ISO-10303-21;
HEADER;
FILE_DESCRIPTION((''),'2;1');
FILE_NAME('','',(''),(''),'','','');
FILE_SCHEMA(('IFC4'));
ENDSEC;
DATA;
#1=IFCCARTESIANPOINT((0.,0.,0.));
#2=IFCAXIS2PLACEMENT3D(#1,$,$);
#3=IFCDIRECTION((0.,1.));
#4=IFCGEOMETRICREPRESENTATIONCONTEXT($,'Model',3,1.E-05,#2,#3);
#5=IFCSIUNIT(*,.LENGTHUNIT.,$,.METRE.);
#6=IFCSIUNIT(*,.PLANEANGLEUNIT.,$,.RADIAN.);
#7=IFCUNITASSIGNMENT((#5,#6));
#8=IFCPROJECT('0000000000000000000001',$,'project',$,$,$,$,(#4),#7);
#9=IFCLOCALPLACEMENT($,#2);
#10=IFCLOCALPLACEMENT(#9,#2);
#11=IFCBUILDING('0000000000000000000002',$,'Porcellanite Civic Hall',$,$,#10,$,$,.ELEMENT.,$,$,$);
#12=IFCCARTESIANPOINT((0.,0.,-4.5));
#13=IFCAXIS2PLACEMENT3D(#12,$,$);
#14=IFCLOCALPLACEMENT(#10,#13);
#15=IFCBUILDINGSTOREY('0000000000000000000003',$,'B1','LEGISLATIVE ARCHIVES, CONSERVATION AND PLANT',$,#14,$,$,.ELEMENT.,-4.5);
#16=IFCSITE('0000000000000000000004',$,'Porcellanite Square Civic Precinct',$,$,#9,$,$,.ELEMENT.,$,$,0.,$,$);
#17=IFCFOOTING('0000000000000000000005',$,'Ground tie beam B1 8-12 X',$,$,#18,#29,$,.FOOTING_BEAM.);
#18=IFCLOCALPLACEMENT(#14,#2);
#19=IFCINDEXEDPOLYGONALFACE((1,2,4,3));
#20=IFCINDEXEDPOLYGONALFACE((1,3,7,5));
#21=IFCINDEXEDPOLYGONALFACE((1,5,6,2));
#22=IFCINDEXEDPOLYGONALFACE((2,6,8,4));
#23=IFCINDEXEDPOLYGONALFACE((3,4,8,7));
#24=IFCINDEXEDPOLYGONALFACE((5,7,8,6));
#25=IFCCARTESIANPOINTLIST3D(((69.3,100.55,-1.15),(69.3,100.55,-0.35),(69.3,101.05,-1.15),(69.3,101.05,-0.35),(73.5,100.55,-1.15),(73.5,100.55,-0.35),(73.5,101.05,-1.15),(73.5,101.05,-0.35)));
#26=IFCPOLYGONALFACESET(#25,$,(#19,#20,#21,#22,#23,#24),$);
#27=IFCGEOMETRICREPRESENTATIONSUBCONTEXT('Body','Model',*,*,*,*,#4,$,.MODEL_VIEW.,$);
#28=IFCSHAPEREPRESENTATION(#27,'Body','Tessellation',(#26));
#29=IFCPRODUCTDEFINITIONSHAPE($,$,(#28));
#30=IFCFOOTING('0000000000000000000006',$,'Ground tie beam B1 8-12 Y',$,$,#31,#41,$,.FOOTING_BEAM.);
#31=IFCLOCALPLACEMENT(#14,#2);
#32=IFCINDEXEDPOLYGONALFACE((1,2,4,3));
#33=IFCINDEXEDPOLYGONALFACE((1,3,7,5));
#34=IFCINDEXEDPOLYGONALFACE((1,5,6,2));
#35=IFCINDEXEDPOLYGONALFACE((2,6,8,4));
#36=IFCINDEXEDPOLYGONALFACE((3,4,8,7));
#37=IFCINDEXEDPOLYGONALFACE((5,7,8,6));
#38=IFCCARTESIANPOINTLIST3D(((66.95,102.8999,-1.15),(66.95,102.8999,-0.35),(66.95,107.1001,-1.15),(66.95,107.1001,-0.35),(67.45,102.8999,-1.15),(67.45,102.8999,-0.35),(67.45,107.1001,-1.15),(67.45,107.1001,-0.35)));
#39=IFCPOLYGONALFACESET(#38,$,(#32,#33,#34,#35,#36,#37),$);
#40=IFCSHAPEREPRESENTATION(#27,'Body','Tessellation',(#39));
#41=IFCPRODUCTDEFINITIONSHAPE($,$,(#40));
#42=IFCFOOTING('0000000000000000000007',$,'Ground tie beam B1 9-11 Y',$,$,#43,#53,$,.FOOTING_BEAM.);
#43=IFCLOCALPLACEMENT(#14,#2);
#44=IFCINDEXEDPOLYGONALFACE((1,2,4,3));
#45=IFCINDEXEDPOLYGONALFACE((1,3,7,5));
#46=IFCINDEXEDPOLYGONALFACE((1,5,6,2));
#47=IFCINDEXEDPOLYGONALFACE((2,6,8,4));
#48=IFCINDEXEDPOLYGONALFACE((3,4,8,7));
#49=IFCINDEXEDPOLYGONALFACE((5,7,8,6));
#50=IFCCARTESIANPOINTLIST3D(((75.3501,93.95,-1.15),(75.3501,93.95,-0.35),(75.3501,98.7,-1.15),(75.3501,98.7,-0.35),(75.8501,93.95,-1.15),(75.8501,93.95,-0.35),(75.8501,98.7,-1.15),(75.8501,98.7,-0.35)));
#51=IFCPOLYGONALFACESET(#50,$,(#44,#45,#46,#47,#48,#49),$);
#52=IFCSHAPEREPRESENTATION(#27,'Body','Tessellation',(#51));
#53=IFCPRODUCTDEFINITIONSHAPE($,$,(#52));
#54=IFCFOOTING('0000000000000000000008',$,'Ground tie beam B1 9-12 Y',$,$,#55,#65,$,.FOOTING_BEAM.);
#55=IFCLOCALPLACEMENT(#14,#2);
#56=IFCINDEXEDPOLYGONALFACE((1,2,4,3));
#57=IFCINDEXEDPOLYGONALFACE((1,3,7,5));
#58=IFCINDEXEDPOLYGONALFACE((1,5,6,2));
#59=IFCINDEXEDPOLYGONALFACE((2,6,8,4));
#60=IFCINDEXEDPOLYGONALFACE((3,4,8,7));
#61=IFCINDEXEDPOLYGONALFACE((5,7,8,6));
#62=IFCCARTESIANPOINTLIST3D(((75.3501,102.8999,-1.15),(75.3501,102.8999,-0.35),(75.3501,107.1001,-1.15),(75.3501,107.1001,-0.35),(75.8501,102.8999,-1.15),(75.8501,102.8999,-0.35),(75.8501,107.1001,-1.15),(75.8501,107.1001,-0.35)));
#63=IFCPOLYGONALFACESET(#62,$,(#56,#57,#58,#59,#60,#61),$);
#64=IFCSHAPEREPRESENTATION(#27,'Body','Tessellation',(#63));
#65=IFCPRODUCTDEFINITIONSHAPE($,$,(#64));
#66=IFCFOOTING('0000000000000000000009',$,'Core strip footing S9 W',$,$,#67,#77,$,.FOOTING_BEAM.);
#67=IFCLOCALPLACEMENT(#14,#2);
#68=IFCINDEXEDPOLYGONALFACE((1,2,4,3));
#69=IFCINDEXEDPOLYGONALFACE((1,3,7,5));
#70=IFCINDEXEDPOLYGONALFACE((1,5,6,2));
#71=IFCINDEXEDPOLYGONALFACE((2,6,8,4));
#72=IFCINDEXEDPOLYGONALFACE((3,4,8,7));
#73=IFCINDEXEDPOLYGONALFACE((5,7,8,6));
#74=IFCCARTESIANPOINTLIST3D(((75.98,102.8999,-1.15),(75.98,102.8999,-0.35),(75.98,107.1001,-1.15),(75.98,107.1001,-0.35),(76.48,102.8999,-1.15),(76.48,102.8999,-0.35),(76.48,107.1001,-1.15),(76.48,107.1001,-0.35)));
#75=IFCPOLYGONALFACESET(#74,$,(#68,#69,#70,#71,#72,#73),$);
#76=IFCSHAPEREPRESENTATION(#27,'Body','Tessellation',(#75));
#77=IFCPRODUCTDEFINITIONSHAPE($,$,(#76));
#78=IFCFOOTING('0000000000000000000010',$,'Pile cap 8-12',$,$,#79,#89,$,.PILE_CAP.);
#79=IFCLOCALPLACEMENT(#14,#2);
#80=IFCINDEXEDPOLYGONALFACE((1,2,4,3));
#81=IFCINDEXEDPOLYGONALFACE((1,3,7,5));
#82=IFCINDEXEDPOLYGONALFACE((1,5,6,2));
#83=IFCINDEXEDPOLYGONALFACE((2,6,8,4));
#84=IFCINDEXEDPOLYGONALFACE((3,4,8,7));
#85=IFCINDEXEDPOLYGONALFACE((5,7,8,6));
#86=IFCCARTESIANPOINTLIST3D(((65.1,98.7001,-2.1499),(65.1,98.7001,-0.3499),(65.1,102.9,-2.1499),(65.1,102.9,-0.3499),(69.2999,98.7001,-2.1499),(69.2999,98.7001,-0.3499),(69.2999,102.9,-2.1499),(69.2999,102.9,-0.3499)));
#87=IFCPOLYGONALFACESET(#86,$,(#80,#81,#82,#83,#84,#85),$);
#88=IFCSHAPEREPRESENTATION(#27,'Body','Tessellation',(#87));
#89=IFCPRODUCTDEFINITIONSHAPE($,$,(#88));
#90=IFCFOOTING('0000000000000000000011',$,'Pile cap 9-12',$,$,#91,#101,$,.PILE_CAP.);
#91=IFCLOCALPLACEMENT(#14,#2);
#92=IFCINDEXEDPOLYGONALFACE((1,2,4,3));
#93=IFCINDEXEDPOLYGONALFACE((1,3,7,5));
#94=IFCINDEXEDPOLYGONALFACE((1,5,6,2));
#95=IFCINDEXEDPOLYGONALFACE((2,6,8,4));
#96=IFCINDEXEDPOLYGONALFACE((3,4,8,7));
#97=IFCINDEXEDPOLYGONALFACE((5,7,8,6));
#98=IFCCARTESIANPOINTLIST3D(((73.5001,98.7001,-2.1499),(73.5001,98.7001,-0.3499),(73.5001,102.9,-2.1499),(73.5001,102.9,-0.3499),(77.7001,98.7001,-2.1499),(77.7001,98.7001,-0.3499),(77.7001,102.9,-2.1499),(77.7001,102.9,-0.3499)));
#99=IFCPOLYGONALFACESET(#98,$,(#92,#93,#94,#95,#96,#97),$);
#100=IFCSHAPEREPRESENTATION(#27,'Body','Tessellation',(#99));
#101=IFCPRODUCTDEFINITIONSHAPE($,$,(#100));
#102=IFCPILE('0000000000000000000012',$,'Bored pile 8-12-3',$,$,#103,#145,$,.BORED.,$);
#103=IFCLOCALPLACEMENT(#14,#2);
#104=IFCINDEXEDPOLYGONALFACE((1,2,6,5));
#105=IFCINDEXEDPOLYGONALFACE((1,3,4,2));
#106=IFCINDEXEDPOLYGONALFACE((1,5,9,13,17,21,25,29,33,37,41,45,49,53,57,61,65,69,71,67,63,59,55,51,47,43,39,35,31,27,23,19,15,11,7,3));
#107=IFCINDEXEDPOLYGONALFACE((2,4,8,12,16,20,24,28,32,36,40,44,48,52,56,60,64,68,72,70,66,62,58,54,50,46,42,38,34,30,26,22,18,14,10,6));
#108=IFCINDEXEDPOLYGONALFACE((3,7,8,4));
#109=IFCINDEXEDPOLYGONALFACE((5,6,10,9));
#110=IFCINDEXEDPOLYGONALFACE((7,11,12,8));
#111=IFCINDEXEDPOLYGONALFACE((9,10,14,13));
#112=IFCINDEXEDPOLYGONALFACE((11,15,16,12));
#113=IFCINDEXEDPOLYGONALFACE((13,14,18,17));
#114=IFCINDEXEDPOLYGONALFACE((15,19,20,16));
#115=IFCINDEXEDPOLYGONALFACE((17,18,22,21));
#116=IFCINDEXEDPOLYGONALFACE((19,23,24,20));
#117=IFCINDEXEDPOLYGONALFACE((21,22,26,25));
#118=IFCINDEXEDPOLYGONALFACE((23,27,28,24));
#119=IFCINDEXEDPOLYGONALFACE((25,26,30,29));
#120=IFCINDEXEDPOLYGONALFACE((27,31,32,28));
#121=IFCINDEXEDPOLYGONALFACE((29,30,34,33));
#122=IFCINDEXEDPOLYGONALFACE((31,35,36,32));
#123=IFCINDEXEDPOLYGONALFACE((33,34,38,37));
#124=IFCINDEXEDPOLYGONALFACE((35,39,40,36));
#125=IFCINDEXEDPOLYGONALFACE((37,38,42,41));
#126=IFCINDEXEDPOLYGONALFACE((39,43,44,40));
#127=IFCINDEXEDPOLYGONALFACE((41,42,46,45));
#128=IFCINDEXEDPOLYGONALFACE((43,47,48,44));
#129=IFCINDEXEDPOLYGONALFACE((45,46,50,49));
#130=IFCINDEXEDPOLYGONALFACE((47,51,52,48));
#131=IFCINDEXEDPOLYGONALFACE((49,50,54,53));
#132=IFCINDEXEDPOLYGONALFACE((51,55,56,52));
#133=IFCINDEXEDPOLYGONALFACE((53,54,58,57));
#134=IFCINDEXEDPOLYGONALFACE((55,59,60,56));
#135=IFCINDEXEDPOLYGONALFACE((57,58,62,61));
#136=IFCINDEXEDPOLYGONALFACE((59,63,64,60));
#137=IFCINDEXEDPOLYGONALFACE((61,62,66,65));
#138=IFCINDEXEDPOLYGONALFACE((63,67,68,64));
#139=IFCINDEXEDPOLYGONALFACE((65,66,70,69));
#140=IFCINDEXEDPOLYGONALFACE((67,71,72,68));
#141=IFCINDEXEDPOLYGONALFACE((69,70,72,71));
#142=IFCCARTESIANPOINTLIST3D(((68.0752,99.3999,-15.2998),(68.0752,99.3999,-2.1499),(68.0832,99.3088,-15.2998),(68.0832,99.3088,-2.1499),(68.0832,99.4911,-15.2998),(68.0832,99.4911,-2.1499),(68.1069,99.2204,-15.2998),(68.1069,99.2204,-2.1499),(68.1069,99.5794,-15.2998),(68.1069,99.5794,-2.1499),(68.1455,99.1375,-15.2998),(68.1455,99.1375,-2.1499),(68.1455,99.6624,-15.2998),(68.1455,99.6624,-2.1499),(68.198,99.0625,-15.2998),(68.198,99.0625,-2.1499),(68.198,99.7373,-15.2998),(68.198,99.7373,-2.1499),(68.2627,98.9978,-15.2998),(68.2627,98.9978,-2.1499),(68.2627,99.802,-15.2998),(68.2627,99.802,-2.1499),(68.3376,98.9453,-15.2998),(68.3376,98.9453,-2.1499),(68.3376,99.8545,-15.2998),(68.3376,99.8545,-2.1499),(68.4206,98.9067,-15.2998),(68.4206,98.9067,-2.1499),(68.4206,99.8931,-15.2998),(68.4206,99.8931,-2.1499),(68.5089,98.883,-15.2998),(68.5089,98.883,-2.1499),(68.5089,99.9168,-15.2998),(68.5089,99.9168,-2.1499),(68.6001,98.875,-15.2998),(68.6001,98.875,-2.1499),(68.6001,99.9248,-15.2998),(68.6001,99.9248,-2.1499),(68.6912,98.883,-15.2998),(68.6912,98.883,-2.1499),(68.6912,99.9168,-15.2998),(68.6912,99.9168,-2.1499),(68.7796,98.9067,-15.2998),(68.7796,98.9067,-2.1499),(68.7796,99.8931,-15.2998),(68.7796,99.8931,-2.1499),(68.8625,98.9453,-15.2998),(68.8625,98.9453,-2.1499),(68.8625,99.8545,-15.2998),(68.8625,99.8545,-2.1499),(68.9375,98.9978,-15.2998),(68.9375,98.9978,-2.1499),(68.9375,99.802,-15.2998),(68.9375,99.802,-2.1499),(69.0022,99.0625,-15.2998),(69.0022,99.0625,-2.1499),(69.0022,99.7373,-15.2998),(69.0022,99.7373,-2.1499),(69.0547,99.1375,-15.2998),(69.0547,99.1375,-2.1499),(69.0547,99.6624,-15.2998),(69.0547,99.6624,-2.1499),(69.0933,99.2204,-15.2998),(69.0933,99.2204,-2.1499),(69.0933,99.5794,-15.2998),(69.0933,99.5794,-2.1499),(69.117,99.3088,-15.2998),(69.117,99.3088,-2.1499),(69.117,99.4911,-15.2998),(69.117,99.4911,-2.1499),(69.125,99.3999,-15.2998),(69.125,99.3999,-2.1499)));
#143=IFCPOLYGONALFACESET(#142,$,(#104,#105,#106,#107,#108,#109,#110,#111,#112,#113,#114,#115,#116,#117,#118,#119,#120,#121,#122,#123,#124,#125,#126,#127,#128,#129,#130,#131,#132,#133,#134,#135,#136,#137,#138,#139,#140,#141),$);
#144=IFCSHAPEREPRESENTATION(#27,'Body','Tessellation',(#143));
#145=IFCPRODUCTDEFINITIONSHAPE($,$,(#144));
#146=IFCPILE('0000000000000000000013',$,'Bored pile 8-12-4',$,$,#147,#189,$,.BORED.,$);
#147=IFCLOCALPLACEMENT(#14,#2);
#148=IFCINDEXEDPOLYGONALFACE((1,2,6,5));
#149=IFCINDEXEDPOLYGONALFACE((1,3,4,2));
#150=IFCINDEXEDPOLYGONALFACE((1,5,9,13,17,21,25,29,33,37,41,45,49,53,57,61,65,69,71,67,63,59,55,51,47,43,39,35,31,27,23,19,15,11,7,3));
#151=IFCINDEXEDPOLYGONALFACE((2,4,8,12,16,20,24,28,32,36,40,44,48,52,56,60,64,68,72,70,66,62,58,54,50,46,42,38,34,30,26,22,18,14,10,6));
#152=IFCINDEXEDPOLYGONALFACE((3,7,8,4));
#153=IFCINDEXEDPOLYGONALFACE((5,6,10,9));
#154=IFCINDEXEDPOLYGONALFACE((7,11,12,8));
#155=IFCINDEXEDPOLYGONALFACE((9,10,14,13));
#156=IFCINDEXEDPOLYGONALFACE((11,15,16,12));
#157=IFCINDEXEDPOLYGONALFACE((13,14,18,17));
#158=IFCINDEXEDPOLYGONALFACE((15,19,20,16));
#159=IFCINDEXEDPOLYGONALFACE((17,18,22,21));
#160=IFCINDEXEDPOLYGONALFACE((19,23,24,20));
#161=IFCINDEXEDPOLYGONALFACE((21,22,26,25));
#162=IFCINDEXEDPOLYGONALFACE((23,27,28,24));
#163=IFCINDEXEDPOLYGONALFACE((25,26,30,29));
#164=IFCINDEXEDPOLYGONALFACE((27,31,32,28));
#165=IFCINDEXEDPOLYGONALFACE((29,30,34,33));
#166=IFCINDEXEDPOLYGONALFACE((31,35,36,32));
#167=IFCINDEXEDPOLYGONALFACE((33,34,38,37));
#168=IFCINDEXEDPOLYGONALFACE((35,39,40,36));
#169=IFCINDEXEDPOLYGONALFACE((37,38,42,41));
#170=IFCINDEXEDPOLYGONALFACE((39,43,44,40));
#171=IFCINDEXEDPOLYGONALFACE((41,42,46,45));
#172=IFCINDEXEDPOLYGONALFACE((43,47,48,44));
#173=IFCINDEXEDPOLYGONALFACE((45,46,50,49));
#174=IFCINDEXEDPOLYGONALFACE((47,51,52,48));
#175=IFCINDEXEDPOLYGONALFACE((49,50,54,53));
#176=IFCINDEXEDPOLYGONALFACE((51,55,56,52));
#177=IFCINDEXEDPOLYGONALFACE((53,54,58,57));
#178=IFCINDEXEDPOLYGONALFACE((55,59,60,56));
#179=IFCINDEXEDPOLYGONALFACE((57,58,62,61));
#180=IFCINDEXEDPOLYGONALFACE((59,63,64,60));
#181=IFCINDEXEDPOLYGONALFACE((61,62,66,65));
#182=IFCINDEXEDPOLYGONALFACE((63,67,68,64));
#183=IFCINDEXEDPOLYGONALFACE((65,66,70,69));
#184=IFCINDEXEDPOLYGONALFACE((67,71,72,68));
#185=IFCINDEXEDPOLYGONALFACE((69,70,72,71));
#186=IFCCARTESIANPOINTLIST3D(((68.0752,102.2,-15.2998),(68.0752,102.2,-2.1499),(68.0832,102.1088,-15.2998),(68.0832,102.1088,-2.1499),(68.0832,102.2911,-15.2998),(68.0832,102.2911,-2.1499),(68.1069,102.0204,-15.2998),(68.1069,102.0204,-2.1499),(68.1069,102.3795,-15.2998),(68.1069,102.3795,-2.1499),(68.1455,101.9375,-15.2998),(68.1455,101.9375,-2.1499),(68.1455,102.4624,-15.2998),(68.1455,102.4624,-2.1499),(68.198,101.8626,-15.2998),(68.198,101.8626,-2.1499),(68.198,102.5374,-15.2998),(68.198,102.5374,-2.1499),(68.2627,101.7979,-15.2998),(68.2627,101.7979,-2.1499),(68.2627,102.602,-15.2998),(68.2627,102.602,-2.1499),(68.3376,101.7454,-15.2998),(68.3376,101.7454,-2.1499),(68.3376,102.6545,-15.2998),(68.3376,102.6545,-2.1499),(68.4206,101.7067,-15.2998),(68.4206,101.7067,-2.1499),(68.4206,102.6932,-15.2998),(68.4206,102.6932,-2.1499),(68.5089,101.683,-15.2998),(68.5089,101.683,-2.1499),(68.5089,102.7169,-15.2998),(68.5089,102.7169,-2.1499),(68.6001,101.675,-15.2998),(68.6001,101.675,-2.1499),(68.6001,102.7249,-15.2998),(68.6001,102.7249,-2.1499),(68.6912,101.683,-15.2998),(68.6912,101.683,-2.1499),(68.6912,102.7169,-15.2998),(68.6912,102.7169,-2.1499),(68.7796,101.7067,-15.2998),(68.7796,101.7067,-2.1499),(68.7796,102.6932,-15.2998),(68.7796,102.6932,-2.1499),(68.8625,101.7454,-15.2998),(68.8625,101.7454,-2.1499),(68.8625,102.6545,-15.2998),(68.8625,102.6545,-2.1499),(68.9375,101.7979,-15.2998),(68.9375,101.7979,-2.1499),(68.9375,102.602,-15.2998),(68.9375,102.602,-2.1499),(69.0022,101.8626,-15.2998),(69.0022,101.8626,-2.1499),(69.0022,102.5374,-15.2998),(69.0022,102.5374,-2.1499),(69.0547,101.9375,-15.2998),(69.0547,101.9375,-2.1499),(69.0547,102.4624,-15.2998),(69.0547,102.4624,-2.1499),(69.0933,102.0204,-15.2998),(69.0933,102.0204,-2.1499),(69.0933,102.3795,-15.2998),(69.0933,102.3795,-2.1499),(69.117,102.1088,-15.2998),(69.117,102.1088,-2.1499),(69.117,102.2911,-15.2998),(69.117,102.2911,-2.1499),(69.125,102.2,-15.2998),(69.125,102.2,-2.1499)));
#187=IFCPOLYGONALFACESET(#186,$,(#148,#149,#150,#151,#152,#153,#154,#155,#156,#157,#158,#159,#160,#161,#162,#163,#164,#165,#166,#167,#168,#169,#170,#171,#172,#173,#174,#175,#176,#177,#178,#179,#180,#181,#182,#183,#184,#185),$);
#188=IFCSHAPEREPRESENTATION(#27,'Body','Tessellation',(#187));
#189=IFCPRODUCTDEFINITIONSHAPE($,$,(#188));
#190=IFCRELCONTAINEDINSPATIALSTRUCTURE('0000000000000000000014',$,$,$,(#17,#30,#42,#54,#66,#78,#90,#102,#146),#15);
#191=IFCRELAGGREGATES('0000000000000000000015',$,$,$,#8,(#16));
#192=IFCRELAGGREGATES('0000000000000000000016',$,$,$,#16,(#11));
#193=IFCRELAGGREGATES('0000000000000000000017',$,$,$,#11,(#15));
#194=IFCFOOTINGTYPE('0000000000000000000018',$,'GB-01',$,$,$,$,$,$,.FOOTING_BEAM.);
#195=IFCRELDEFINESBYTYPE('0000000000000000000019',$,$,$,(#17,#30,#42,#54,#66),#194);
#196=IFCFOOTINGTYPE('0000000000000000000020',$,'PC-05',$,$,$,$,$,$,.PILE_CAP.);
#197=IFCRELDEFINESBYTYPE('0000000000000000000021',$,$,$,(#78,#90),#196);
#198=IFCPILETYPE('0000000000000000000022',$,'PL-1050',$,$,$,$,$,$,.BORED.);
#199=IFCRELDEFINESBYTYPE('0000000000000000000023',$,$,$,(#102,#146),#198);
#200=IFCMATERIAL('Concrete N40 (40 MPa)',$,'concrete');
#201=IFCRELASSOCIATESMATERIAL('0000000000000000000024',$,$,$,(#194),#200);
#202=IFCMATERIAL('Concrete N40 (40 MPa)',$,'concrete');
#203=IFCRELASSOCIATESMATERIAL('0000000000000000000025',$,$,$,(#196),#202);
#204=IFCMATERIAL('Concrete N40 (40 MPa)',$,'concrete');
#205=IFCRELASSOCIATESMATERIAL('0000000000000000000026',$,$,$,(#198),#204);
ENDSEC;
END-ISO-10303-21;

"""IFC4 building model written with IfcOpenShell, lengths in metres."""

from ifc_helpers import new_model, si_unit, direction, frame, origin, origin_2d, place, context, subcontext, project, spatial, rectangle, circle, extrude, material, material_profile, profile_set, type_object, element, save


model = new_model("IFC4")

# Units and contexts
model_context = context("Model", 3, precision=1e-05, world=origin(), true_north=direction((0.0, 1.0)))
body_context = subcontext(model_context, "Body", "Model", "MODEL_VIEW")
ifc_project = project(units=[si_unit("LENGTHUNIT", "METRE"), si_unit("PLANEANGLEUNIT", "RADIAN")], contexts=[model_context])

# Site, building, storey
site_placement = place(None, origin())
site = spatial("IfcSite", under=ifc_project, at=site_placement, Name="Porcellanite Square Civic Precinct", CompositionType="ELEMENT", RefElevation=0.0)
building_placement = place(site_placement, origin())
building = spatial("IfcBuilding", under=site, at=building_placement, Name="Porcellanite Civic Hall", CompositionType="ELEMENT")
storey_placement = place(building_placement, frame((0.0, 0.0, -4.5)))
storey = spatial("IfcBuildingStorey", under=building, at=storey_placement, Name="B1", Description="LEGISLATIVE ARCHIVES, CONSERVATION AND PLANT", CompositionType="ELEMENT", Elevation=-4.5)

# Footings
ifc_material_1 = material(Name="Concrete N40 (40 MPa)", Category="concrete")
ifc_material_profile_1 = material_profile(ifc_material_1, rectangle(XDim=0.5, YDim=0.8, at=origin_2d()), Name="RC-500x800")
ifc_profile_set_1 = profile_set([ifc_material_profile_1], Name="Concrete N40 (40 MPa)")
footing_type_1 = type_object("IfcFootingType", Name="GB-01", PredefinedType="FOOTING_BEAM", material=ifc_profile_set_1)
footing_1_placement = place(storey_placement, frame((69.3, 100.8, -0.75), z_axis=(1.0, 0.0, 0.0), x_axis=(0.0, 1.0, 0.0)))
element("IfcFooting", 1, at=footing_1_placement, inside=storey, type_object=footing_type_1, Name="Ground tie beam B1 8-12 X", PredefinedType="FOOTING_BEAM", context=body_context, shape_type="SweptSolid", body=[
    extrude(rectangle(XDim=0.5, YDim=0.8, at=origin_2d()), origin(), (0.0, 0.0, 1.0), 4.2),
])
footing_2_placement = place(storey_placement, frame((67.2, 102.8999, -0.75), z_axis=(0.0, 1.0, 0.0), x_axis=(-1.0, 0.0, 0.0)))
element("IfcFooting", 2, at=footing_2_placement, inside=storey, type_object=footing_type_1, Name="Ground tie beam B1 8-12 Y", PredefinedType="FOOTING_BEAM", context=body_context, shape_type="SweptSolid", body=[
    extrude(rectangle(XDim=0.5, YDim=0.8, at=origin_2d()), origin(), (0.0, 0.0, 1.0), 4.2002),
])
footing_3_placement = place(storey_placement, frame((75.6001, 93.95, -0.75), z_axis=(0.0, 1.0, 0.0), x_axis=(-1.0, 0.0, 0.0)))
element("IfcFooting", 3, at=footing_3_placement, inside=storey, type_object=footing_type_1, Name="Ground tie beam B1 9-11 Y", PredefinedType="FOOTING_BEAM", context=body_context, shape_type="SweptSolid", body=[
    extrude(rectangle(XDim=0.5, YDim=0.8, at=origin_2d()), origin(), (0.0, 0.0, 1.0), 4.75),
])
for number, where, z_axis, x_axis, name in (
    (4, (75.6001, 102.8999, -0.75), (0.0, 1.0, 0.0), (-1.0, 0.0, 0.0), "Ground tie beam B1 9-12 Y"),
    (5, (76.23, 102.8999, -0.75), (0.0, 1.0, 0.0), (-1.0, 0.0, 0.0), "Core strip footing S9 W"),
):
    element("IfcFooting", number, at=place(storey_placement, frame(where, z_axis=z_axis, x_axis=x_axis)), inside=storey, type_object=footing_type_1, Name=name, PredefinedType="FOOTING_BEAM", context=body_context, shape_type="SweptSolid", body=[
        extrude(rectangle(XDim=0.5, YDim=0.8, at=origin_2d()), origin(), (0.0, 0.0, 1.0), 4.2002),
    ])
ifc_material_2 = material(Name="Concrete N40 (40 MPa)", Category="concrete")
footing_type_2 = type_object("IfcFootingType", Name="PC-05", PredefinedType="PILE_CAP", material=ifc_material_2)
for number, where, z_axis, x_axis, name in (
    (6, (67.2, 100.8, -2.1499), (0.0, 0.0, 1.0), (1.0, 0.0, 0.0), "Pile cap 8-12"),
    (7, (75.6001, 100.8, -2.1499), (0.0, 0.0, 1.0), (1.0, 0.0, 0.0), "Pile cap 9-12"),
):
    element("IfcFooting", number, at=place(storey_placement, frame(where, z_axis=z_axis, x_axis=x_axis)), inside=storey, type_object=footing_type_2, Name=name, PredefinedType="PILE_CAP", context=body_context, shape_type="SweptSolid", body=[
        extrude(rectangle(XDim=4.2, YDim=4.2, at=origin_2d()), origin(), (0.0, 0.0, 1.0), 1.8),
    ])

# Piles
ifc_material_3 = material(Name="Concrete N40 (40 MPa)", Category="concrete")
ifc_material_profile_2 = material_profile(ifc_material_3, circle(Radius=0.5249, at=origin_2d()), Name="PILE-D1050")
ifc_profile_set_2 = profile_set([ifc_material_profile_2], Name="Concrete N40 (40 MPa)")
pile_type = type_object("IfcPileType", Name="PL-1050", PredefinedType="BORED", material=ifc_profile_set_2)
for number, where, z_axis, x_axis, name in (
    (8, (68.6001, 99.3999, -2.1499), (0.0, 0.0, -1.0), (1.0, 0.0, 0.0), "Bored pile 8-12-3"),
    (9, (68.6001, 102.2, -2.1499), (0.0, 0.0, -1.0), (1.0, 0.0, 0.0), "Bored pile 8-12-4"),
):
    element("IfcPile", number, at=place(storey_placement, frame(where, z_axis=z_axis, x_axis=x_axis)), inside=storey, type_object=pile_type, Name=name, PredefinedType="BORED", context=body_context, shape_type="SweptSolid", body=[
        extrude(circle(Radius=0.5249, at=origin_2d()), origin(), (0.0, 0.0, 1.0), 13.1499),
    ])

save(model, "model.ifc")
